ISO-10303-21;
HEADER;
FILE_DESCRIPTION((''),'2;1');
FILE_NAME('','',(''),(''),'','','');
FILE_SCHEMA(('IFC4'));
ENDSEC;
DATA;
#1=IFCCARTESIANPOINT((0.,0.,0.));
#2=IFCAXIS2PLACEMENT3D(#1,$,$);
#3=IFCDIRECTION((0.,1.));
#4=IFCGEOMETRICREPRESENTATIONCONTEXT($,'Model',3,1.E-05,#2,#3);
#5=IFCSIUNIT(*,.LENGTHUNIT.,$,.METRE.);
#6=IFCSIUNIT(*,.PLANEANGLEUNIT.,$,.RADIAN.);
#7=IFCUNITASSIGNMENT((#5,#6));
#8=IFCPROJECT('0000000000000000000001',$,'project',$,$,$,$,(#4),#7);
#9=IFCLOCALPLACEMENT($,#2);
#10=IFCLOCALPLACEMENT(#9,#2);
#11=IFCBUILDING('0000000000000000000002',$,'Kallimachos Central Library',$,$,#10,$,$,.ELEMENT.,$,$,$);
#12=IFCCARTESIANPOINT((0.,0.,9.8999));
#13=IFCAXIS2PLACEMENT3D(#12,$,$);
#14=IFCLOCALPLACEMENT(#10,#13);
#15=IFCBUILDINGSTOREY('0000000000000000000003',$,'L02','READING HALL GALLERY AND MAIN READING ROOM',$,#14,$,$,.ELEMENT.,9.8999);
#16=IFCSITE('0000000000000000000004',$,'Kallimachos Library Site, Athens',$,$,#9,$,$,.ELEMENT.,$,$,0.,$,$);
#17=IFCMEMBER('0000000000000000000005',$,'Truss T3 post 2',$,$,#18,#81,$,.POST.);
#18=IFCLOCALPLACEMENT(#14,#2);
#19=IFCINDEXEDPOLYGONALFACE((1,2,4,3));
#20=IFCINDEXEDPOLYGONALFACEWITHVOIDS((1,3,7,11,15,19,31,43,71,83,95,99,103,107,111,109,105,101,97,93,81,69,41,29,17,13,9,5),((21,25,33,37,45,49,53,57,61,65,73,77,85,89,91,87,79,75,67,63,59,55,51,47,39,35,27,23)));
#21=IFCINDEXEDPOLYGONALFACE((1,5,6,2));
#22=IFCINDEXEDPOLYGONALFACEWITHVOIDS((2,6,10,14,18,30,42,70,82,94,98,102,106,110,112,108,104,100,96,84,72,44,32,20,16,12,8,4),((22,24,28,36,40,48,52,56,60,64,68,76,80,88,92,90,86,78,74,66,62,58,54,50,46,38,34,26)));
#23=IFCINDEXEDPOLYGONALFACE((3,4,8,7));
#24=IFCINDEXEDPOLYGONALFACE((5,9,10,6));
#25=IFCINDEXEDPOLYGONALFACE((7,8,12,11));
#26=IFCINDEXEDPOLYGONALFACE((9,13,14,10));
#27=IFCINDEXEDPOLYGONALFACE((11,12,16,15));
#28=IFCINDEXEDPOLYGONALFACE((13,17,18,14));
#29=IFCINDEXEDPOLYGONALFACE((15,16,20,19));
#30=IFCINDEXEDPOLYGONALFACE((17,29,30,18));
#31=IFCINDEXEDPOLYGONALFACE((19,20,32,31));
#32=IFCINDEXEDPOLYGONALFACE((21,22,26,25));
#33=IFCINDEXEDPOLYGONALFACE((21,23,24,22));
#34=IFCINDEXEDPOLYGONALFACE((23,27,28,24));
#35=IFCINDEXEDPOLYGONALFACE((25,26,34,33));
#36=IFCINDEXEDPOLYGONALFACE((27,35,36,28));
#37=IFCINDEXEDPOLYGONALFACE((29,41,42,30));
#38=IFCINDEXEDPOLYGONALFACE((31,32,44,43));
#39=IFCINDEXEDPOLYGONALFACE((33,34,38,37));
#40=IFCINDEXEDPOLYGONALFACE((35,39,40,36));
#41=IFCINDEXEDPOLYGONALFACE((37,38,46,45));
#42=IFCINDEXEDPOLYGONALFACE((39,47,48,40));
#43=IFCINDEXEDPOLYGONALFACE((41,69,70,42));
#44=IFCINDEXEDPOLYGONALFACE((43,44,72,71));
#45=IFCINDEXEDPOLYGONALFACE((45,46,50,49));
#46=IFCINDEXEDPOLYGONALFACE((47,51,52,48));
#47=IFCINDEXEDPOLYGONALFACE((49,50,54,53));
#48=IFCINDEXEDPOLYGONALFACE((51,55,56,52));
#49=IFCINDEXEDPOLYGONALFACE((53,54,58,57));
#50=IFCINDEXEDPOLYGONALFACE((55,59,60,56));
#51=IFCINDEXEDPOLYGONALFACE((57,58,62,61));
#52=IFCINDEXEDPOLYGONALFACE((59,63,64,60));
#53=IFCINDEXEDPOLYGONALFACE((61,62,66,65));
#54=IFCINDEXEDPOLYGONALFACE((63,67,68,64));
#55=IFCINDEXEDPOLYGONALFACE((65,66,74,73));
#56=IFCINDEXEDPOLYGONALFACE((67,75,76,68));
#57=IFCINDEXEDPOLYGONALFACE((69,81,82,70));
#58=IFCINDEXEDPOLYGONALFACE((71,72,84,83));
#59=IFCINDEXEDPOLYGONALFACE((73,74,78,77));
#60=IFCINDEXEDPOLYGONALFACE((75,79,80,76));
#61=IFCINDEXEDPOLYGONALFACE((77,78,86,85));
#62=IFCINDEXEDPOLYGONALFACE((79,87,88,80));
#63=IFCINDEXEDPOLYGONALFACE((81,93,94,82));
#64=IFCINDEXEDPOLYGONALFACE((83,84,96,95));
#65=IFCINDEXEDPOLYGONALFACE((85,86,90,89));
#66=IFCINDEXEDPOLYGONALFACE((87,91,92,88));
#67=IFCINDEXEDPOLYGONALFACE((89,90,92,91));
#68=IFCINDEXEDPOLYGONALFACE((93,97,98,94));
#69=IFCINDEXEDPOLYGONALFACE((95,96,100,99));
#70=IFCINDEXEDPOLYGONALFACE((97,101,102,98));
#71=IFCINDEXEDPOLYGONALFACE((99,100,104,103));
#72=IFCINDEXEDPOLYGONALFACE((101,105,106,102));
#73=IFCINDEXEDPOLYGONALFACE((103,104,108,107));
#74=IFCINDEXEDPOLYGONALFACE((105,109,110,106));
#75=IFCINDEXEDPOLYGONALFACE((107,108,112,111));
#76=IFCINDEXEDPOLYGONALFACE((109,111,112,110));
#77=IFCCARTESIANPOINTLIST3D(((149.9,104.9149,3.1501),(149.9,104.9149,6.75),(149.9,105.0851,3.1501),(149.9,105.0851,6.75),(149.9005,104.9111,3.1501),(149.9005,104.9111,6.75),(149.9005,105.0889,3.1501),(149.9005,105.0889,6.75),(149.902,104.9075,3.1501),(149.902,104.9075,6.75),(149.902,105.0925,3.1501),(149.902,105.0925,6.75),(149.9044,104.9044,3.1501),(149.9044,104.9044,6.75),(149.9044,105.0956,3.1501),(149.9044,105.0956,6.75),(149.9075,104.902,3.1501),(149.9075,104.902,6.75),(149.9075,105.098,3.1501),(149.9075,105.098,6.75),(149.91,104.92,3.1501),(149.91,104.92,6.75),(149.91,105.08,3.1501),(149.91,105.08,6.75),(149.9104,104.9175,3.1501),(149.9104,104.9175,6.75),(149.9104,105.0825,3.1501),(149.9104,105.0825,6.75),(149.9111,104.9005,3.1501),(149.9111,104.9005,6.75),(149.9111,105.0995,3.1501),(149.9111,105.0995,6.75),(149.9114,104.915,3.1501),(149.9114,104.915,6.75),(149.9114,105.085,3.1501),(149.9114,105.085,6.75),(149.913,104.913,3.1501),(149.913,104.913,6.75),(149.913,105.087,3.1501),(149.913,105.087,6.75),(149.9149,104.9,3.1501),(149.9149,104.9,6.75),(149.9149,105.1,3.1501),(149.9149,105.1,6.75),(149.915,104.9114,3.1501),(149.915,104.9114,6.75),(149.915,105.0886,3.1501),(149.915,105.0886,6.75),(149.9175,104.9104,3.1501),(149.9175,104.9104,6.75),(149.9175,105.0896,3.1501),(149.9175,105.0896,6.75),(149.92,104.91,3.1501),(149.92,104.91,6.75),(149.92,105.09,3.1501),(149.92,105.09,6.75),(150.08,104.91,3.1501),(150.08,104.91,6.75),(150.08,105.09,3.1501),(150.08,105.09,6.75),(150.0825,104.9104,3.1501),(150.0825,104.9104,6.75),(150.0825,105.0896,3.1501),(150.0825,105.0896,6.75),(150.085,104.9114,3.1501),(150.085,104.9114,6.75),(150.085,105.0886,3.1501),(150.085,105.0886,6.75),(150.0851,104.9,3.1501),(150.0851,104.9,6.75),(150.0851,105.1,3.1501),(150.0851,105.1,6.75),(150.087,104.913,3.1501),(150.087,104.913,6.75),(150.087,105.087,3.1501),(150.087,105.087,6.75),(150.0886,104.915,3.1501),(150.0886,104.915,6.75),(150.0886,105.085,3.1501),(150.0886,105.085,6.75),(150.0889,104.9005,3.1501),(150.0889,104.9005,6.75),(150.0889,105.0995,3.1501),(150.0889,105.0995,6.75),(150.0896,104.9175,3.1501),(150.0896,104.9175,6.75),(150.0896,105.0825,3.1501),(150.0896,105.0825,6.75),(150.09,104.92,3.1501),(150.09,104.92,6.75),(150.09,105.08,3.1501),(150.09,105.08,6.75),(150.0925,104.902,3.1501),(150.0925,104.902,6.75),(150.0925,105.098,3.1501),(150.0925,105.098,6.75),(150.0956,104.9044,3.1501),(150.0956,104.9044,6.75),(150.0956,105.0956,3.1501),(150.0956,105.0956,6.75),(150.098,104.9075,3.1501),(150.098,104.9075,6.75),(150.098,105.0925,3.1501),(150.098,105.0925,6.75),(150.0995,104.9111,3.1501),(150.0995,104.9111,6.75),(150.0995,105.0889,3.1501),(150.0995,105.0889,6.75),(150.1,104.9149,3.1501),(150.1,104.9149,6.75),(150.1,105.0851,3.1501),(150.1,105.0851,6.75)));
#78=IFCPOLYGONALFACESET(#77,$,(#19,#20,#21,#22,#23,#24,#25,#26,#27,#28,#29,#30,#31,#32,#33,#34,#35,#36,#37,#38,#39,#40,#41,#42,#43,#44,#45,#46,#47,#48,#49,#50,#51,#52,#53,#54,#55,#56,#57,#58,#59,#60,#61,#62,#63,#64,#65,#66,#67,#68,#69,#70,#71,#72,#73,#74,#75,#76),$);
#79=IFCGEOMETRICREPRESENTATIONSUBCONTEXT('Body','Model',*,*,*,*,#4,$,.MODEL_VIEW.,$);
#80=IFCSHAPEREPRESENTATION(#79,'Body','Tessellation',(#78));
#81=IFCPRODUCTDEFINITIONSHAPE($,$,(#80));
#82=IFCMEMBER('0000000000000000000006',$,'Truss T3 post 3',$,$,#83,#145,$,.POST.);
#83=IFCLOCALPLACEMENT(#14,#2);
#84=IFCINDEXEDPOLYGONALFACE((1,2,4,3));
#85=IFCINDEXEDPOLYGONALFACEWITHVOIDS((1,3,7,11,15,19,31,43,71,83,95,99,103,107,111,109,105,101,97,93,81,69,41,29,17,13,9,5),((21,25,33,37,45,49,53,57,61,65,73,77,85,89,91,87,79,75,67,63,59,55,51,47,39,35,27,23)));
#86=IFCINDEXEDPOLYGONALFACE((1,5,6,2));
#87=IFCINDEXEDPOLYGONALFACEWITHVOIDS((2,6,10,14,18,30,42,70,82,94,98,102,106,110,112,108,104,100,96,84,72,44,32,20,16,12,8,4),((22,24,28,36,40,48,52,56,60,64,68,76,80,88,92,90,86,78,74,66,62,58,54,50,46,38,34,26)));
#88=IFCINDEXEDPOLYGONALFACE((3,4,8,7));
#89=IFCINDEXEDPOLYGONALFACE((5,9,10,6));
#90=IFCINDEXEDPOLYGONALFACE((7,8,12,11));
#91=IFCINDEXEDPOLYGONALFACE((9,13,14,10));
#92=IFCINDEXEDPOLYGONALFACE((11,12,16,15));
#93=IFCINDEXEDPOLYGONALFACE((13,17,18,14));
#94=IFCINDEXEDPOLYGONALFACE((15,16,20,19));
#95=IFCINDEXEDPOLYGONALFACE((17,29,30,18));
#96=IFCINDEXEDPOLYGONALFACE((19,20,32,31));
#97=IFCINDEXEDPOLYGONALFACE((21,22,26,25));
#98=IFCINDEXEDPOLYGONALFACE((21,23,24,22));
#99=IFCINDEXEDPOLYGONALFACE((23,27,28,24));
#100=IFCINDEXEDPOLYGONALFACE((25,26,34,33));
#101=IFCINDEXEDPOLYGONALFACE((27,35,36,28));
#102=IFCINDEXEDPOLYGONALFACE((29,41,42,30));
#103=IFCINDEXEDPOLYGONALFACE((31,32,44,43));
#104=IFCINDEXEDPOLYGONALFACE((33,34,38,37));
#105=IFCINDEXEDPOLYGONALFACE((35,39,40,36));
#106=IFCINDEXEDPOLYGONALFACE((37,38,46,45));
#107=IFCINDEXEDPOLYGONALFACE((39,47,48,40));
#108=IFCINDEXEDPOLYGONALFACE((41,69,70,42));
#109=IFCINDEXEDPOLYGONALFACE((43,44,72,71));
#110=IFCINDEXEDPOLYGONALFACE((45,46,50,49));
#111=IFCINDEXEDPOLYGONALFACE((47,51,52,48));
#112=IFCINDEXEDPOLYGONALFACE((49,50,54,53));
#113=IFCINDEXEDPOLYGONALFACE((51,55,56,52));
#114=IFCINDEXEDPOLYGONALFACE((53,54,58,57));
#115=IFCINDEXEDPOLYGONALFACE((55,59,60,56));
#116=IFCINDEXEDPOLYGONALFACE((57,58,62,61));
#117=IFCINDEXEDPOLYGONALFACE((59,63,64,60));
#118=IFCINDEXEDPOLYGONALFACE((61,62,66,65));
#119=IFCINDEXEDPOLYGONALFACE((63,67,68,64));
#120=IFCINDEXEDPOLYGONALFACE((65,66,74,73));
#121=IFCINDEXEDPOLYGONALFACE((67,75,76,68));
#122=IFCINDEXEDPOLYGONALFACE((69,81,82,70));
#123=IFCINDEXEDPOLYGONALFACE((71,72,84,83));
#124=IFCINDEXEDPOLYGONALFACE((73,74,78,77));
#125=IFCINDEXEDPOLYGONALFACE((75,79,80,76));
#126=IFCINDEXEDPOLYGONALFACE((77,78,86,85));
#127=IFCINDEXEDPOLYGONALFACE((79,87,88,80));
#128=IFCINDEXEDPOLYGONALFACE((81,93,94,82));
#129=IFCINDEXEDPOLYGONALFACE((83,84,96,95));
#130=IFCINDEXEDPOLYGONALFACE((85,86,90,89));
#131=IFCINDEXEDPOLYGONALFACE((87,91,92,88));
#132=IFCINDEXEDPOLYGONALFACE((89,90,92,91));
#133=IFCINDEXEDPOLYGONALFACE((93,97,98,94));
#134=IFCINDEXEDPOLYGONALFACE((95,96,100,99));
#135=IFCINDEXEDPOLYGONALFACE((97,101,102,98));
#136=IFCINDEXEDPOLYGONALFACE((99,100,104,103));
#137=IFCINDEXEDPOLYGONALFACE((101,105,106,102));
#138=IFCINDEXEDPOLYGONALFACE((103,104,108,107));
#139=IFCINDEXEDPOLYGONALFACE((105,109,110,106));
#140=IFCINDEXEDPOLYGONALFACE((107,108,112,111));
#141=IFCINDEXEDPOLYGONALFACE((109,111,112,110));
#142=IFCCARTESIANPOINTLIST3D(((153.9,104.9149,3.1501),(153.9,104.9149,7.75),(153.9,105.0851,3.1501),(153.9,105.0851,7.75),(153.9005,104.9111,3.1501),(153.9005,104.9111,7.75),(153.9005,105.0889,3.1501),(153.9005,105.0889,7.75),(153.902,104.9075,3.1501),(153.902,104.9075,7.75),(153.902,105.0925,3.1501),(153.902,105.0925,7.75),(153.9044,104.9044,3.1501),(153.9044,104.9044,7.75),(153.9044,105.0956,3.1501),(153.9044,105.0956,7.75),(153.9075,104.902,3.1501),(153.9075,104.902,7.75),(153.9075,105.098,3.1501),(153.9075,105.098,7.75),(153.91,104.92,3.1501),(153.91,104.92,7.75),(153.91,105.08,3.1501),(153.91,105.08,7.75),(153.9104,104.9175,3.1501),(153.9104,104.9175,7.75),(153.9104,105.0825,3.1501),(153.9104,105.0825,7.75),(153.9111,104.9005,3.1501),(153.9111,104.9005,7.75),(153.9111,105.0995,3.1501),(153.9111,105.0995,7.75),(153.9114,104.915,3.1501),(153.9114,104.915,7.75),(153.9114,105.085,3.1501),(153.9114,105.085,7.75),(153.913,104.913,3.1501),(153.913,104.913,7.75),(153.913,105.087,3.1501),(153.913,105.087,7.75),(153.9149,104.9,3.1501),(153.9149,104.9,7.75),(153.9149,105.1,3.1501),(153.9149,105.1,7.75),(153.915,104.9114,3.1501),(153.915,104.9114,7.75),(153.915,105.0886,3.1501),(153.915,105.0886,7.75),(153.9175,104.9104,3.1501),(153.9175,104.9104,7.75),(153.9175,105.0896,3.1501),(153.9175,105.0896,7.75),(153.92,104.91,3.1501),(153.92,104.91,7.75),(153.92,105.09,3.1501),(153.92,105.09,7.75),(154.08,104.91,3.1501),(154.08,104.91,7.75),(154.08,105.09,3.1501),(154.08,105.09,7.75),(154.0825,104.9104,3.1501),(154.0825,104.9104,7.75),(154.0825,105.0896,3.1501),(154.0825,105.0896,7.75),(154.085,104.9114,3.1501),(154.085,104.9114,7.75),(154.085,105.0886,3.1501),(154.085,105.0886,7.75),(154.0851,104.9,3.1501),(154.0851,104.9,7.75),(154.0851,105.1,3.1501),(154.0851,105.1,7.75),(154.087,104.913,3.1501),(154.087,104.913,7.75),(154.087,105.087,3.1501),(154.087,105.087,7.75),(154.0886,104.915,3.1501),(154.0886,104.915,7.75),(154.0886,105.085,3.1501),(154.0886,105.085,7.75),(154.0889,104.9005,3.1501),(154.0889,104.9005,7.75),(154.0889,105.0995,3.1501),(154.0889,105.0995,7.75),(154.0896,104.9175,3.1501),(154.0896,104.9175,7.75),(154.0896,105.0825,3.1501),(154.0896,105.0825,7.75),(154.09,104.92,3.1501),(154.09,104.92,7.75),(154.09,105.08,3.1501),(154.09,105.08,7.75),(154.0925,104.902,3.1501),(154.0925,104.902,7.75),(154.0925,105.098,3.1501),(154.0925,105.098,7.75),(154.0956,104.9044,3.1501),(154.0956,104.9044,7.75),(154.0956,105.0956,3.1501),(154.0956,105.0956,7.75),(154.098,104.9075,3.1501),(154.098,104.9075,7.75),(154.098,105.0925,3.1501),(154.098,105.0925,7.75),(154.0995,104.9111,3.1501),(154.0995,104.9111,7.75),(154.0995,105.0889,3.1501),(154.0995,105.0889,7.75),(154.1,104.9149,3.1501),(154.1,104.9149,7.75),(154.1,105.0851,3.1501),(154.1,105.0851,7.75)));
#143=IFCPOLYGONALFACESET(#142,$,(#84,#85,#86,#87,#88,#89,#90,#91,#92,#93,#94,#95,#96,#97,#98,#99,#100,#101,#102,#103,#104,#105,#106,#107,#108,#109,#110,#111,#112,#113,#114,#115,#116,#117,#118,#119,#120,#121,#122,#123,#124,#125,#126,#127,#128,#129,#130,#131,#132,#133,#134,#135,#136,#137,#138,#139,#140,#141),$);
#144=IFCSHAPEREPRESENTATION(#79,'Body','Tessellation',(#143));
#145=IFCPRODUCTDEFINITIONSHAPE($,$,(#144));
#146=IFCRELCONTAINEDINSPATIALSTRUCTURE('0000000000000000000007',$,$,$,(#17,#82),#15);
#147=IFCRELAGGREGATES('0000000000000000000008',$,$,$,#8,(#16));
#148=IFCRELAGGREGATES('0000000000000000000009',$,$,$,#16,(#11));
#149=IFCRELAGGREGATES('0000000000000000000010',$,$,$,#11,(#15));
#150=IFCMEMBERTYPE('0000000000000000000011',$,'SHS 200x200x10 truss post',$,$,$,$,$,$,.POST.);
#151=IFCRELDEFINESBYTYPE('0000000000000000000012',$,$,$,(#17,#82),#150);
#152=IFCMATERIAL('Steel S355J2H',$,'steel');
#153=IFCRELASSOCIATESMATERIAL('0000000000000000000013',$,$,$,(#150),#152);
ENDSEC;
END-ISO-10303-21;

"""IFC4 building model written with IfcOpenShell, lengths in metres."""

from ifc_helpers import new_model, si_unit, direction, frame, origin, origin_2d, place, context, subcontext, project, spatial, hollow_rectangle, extrude, material, material_profile, profile_set, type_object, element, save


model = new_model("IFC4")

# Units and contexts
model_context = context("Model", 3, precision=1e-05, world=origin(), true_north=direction((0.0, 1.0)))
body_context = subcontext(model_context, "Body", "Model", "MODEL_VIEW")
ifc_project = project(units=[si_unit("LENGTHUNIT", "METRE"), si_unit("PLANEANGLEUNIT", "RADIAN")], contexts=[model_context])

# Site, building, storey
site_placement = place(None, origin())
site = spatial("IfcSite", under=ifc_project, at=site_placement, Name="Kallimachos Library Site, Athens", CompositionType="ELEMENT", RefElevation=0.0)
building_placement = place(site_placement, origin())
building = spatial("IfcBuilding", under=site, at=building_placement, Name="Kallimachos Central Library", CompositionType="ELEMENT")
storey_placement = place(building_placement, frame((0.0, 0.0, 9.8999)))
storey = spatial("IfcBuildingStorey", under=building, at=storey_placement, Name="L02", Description="READING HALL GALLERY AND MAIN READING ROOM", CompositionType="ELEMENT", Elevation=9.8999)

# Members
ifc_material_1 = material(Name="Steel S355J2H", Category="steel")
ifc_material_profile_1 = material_profile(ifc_material_1, hollow_rectangle(XDim=0.2, YDim=0.2, WallThickness=0.01, InnerFilletRadius=0.01, OuterFilletRadius=0.0149, at=origin_2d()), Name="SHS 200x200x10")
ifc_profile_set_1 = profile_set([ifc_material_profile_1], Name="Steel S355J2H")
member_type_1 = type_object("IfcMemberType", Name="SHS 200x200x10 truss post", PredefinedType="POST", material=ifc_profile_set_1)
member_1_placement = place(storey_placement, frame((150.0, 105.0, 3.1501), z_axis=(0.0, 0.0, 1.0), x_axis=(1.0, 0.0, 0.0)))
element("IfcMember", 1, at=member_1_placement, inside=storey, type_object=member_type_1, Name="Truss T3 post 2", PredefinedType="POST", context=body_context, shape_type="SweptSolid", body=[
    extrude(hollow_rectangle(XDim=0.2, YDim=0.2, WallThickness=0.01, InnerFilletRadius=0.01, OuterFilletRadius=0.0149, at=origin_2d()), origin(), (0.0, 0.0, 1.0), 3.5999),
])
member_2_placement = place(storey_placement, frame((154.0, 105.0, 3.1501), z_axis=(0.0, 0.0, 1.0), x_axis=(1.0, 0.0, 0.0)))
element("IfcMember", 2, at=member_2_placement, inside=storey, type_object=member_type_1, Name="Truss T3 post 3", PredefinedType="POST", context=body_context, shape_type="SweptSolid", body=[
    extrude(hollow_rectangle(XDim=0.2, YDim=0.2, WallThickness=0.01, InnerFilletRadius=0.01, OuterFilletRadius=0.0149, at=origin_2d()), origin(), (0.0, 0.0, 1.0), 4.5999),
])

save(model, "model.ifc")
